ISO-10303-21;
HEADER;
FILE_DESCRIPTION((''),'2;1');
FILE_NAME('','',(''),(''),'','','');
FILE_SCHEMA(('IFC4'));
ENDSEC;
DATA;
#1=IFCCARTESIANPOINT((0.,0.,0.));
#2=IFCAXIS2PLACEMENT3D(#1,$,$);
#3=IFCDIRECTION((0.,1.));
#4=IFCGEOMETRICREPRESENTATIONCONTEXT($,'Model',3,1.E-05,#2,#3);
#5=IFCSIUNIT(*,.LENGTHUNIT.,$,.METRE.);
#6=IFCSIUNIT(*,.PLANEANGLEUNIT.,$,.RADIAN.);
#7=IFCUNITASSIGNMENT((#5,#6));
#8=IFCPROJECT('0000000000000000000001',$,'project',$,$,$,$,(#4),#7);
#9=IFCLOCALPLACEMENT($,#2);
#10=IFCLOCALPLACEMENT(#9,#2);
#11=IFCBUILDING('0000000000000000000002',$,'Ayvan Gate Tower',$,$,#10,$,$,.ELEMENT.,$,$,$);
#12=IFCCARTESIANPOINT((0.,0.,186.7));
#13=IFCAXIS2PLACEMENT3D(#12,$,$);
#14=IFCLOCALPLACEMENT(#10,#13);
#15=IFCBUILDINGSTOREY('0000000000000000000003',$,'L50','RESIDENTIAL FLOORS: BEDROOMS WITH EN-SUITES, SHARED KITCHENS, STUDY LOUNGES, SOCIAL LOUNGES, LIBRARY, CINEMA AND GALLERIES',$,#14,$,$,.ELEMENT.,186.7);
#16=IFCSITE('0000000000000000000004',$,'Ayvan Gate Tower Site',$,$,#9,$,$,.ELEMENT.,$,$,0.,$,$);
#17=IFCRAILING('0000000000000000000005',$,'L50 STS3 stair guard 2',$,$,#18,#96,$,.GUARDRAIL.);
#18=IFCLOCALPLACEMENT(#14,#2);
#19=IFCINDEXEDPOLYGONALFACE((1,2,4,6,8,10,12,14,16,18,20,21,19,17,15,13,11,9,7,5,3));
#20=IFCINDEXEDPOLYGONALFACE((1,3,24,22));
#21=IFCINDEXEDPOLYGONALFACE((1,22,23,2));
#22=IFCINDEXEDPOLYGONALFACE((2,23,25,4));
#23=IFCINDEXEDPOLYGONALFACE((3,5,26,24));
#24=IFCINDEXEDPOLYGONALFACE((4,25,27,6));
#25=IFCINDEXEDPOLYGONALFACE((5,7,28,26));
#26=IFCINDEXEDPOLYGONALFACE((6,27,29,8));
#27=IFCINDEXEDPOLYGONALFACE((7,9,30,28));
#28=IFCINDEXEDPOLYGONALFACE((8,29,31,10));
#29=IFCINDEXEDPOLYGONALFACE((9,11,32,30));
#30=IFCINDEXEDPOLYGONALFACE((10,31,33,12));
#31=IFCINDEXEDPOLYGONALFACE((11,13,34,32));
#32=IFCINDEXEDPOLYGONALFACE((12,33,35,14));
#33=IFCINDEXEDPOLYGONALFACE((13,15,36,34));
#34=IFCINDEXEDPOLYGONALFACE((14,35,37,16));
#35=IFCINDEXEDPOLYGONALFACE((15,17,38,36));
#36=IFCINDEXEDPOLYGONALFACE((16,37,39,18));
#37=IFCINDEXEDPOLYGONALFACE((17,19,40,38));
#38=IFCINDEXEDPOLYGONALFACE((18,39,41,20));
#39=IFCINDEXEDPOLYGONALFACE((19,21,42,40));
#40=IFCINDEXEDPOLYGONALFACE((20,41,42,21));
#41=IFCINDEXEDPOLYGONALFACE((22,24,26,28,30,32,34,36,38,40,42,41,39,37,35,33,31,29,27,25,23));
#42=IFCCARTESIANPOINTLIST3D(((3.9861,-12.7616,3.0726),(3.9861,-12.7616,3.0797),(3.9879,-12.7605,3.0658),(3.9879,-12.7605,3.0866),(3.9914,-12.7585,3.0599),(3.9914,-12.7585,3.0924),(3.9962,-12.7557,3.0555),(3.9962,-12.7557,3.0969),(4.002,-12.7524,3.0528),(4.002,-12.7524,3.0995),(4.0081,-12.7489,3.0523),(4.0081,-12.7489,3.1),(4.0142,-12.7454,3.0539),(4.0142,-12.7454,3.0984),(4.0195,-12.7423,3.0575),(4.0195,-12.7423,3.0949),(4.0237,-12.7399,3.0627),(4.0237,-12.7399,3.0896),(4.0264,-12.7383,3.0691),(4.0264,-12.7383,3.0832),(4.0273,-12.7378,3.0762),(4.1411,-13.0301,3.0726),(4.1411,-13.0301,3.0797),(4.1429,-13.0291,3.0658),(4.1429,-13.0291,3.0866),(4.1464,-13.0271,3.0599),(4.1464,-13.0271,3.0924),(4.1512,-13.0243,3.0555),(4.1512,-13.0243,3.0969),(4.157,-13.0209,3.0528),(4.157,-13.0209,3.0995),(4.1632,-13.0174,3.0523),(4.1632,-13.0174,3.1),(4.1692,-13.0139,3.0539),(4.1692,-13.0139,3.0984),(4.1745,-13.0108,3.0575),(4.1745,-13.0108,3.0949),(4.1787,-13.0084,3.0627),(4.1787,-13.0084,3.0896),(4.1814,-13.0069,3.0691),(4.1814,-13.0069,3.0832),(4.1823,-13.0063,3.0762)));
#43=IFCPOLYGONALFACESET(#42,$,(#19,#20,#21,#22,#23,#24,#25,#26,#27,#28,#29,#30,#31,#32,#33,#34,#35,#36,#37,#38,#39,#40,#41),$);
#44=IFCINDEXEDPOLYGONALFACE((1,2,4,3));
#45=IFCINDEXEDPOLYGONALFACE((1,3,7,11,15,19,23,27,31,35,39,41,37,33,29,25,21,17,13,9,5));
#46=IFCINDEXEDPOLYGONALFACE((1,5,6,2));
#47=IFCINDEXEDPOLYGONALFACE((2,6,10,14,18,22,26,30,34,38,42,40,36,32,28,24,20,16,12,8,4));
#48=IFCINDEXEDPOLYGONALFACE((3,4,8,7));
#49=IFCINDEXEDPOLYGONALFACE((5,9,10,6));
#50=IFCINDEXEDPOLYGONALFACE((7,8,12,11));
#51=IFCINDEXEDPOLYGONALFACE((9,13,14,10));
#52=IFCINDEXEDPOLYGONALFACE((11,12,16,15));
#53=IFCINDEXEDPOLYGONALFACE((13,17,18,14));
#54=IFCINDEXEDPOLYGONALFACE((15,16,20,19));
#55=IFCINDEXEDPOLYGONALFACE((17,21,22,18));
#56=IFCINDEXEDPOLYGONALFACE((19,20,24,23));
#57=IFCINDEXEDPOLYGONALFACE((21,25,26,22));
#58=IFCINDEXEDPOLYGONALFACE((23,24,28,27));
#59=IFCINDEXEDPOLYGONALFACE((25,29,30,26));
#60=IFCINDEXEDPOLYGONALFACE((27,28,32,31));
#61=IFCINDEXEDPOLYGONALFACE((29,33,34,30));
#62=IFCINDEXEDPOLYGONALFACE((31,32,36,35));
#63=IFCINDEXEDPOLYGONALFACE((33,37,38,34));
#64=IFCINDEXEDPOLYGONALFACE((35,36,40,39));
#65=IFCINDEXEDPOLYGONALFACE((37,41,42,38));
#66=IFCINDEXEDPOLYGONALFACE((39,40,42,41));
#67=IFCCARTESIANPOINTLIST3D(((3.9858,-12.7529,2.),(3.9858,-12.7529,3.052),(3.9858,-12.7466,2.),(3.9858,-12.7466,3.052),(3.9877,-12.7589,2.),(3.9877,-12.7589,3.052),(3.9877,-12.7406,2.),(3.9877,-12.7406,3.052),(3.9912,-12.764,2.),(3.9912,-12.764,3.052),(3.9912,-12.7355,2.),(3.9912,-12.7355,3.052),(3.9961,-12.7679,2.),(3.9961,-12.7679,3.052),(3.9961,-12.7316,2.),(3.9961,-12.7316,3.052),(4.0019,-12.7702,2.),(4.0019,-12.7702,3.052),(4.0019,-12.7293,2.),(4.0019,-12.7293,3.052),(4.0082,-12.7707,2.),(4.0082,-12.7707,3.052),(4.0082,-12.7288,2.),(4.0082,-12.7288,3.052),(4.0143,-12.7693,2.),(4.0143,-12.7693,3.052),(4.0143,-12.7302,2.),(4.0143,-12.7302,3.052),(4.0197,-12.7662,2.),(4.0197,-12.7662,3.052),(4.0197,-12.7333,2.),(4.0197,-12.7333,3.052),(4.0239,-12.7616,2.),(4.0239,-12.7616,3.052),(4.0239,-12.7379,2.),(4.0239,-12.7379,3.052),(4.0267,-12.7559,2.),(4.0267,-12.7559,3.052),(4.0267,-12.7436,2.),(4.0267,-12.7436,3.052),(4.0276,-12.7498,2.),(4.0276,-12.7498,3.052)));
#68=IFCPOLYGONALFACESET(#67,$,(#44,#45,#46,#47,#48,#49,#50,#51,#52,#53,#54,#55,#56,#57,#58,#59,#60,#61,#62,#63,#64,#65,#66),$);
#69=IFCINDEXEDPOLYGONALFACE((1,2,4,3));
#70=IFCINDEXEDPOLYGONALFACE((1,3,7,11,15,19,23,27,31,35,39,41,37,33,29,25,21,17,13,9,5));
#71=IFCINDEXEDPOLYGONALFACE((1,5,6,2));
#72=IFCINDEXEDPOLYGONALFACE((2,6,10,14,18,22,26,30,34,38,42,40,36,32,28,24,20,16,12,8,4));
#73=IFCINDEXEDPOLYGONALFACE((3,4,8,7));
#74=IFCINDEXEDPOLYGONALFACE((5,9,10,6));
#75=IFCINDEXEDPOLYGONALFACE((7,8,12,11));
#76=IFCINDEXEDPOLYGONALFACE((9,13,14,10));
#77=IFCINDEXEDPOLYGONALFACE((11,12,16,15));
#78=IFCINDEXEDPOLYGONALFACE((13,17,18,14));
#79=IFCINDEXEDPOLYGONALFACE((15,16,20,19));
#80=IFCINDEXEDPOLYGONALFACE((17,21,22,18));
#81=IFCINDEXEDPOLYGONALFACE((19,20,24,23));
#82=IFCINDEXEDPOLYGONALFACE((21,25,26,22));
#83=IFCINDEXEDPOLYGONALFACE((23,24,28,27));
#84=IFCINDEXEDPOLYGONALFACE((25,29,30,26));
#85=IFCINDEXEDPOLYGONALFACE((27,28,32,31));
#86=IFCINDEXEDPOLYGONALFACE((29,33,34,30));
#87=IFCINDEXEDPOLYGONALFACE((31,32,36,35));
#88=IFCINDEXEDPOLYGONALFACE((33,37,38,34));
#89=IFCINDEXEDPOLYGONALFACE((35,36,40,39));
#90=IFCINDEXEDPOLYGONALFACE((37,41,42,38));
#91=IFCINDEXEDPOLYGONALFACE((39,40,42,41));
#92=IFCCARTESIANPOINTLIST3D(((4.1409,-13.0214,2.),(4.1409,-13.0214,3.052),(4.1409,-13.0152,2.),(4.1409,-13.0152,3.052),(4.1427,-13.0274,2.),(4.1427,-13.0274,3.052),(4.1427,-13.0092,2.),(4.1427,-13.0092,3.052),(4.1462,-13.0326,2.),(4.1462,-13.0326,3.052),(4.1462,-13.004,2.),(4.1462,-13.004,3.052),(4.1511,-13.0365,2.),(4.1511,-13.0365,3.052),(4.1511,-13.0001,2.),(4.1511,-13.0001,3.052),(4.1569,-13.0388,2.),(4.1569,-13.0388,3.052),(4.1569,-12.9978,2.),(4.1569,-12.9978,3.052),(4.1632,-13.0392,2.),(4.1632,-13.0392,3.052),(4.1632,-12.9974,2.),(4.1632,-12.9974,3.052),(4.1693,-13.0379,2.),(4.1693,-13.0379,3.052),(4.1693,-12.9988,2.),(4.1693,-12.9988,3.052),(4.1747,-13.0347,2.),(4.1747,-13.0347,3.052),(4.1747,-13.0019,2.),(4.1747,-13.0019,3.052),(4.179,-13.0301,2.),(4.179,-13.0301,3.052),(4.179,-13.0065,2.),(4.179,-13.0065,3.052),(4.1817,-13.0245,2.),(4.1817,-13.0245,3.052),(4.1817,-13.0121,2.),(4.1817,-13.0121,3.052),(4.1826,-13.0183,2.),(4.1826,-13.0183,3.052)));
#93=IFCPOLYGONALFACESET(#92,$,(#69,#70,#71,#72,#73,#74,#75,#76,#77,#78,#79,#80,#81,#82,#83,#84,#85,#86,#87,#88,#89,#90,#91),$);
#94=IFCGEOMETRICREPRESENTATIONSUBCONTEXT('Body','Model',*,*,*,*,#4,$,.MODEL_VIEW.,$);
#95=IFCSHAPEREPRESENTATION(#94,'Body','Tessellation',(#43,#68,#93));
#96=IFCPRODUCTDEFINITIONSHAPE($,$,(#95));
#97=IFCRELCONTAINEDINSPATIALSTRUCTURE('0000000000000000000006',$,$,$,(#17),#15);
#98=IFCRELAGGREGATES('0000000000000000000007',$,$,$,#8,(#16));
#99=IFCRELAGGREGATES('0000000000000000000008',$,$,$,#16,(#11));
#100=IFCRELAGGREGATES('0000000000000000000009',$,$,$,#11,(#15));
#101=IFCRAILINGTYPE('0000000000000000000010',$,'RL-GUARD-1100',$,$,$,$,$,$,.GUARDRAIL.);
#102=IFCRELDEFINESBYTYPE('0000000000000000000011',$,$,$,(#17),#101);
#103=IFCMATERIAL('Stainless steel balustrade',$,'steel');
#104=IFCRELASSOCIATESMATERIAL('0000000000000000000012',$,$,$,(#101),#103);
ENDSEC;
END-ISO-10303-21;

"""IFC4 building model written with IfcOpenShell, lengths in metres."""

from ifc_helpers import new_model, si_unit, direction, frame, origin, origin_2d, place, context, subcontext, project, spatial, circle, extrude, material, type_object, element, save


model = new_model("IFC4")

# Units and contexts
model_context = context("Model", 3, precision=1e-05, world=origin(), true_north=direction((0.0, 1.0)))
body_context = subcontext(model_context, "Body", "Model", "MODEL_VIEW")
ifc_project = project(units=[si_unit("LENGTHUNIT", "METRE"), si_unit("PLANEANGLEUNIT", "RADIAN")], contexts=[model_context])

# Site, building, storey
site_placement = place(None, origin())
site = spatial("IfcSite", under=ifc_project, at=site_placement, Name="Ayvan Gate Tower Site", CompositionType="ELEMENT", RefElevation=0.0)
building_placement = place(site_placement, origin())
building = spatial("IfcBuilding", under=site, at=building_placement, Name="Ayvan Gate Tower", CompositionType="ELEMENT")
storey_placement = place(building_placement, frame((0.0, 0.0, 186.7)))
storey = spatial("IfcBuildingStorey", under=building, at=storey_placement, Name="L50", Description="RESIDENTIAL FLOORS: BEDROOMS WITH EN-SUITES, SHARED KITCHENS, STUDY LOUNGES, SOCIAL LOUNGES, LIBRARY, CINEMA AND GALLERIES", CompositionType="ELEMENT", Elevation=186.7)

# Railing
ifc_material_1 = material(Name="Stainless steel balustrade", Category="steel")
railing_type_1 = type_object("IfcRailingType", Name="RL-GUARD-1100", PredefinedType="GUARDRAIL", material=ifc_material_1)
railing_1_placement = place(storey_placement, frame((4.0066, -12.7498, 2.0)))
element("IfcRailing", 1, at=railing_1_placement, inside=storey, type_object=railing_type_1, Name="L50 STS3 stair guard 2", PredefinedType="GUARDRAIL", context=body_context, shape_type="SweptSolid", body=[
    extrude(circle(Radius=0.0239, at=origin_2d()), frame((0.0, 0.0, 1.0762), z_axis=(0.49995, -0.866054, 0.0), x_axis=(0.866054, 0.49995, 0.0)), (0.0, 0.0, 1.0), 0.3101),
    extrude(circle(Radius=0.021, at=origin_2d()), origin(), (0.0, 0.0, 1.0), 1.052),
    extrude(circle(Radius=0.021, at=origin_2d()), frame((0.155, -0.2686, 0.0)), (0.0, 0.0, 1.0), 1.052),
])

save(model, "model.ifc")
